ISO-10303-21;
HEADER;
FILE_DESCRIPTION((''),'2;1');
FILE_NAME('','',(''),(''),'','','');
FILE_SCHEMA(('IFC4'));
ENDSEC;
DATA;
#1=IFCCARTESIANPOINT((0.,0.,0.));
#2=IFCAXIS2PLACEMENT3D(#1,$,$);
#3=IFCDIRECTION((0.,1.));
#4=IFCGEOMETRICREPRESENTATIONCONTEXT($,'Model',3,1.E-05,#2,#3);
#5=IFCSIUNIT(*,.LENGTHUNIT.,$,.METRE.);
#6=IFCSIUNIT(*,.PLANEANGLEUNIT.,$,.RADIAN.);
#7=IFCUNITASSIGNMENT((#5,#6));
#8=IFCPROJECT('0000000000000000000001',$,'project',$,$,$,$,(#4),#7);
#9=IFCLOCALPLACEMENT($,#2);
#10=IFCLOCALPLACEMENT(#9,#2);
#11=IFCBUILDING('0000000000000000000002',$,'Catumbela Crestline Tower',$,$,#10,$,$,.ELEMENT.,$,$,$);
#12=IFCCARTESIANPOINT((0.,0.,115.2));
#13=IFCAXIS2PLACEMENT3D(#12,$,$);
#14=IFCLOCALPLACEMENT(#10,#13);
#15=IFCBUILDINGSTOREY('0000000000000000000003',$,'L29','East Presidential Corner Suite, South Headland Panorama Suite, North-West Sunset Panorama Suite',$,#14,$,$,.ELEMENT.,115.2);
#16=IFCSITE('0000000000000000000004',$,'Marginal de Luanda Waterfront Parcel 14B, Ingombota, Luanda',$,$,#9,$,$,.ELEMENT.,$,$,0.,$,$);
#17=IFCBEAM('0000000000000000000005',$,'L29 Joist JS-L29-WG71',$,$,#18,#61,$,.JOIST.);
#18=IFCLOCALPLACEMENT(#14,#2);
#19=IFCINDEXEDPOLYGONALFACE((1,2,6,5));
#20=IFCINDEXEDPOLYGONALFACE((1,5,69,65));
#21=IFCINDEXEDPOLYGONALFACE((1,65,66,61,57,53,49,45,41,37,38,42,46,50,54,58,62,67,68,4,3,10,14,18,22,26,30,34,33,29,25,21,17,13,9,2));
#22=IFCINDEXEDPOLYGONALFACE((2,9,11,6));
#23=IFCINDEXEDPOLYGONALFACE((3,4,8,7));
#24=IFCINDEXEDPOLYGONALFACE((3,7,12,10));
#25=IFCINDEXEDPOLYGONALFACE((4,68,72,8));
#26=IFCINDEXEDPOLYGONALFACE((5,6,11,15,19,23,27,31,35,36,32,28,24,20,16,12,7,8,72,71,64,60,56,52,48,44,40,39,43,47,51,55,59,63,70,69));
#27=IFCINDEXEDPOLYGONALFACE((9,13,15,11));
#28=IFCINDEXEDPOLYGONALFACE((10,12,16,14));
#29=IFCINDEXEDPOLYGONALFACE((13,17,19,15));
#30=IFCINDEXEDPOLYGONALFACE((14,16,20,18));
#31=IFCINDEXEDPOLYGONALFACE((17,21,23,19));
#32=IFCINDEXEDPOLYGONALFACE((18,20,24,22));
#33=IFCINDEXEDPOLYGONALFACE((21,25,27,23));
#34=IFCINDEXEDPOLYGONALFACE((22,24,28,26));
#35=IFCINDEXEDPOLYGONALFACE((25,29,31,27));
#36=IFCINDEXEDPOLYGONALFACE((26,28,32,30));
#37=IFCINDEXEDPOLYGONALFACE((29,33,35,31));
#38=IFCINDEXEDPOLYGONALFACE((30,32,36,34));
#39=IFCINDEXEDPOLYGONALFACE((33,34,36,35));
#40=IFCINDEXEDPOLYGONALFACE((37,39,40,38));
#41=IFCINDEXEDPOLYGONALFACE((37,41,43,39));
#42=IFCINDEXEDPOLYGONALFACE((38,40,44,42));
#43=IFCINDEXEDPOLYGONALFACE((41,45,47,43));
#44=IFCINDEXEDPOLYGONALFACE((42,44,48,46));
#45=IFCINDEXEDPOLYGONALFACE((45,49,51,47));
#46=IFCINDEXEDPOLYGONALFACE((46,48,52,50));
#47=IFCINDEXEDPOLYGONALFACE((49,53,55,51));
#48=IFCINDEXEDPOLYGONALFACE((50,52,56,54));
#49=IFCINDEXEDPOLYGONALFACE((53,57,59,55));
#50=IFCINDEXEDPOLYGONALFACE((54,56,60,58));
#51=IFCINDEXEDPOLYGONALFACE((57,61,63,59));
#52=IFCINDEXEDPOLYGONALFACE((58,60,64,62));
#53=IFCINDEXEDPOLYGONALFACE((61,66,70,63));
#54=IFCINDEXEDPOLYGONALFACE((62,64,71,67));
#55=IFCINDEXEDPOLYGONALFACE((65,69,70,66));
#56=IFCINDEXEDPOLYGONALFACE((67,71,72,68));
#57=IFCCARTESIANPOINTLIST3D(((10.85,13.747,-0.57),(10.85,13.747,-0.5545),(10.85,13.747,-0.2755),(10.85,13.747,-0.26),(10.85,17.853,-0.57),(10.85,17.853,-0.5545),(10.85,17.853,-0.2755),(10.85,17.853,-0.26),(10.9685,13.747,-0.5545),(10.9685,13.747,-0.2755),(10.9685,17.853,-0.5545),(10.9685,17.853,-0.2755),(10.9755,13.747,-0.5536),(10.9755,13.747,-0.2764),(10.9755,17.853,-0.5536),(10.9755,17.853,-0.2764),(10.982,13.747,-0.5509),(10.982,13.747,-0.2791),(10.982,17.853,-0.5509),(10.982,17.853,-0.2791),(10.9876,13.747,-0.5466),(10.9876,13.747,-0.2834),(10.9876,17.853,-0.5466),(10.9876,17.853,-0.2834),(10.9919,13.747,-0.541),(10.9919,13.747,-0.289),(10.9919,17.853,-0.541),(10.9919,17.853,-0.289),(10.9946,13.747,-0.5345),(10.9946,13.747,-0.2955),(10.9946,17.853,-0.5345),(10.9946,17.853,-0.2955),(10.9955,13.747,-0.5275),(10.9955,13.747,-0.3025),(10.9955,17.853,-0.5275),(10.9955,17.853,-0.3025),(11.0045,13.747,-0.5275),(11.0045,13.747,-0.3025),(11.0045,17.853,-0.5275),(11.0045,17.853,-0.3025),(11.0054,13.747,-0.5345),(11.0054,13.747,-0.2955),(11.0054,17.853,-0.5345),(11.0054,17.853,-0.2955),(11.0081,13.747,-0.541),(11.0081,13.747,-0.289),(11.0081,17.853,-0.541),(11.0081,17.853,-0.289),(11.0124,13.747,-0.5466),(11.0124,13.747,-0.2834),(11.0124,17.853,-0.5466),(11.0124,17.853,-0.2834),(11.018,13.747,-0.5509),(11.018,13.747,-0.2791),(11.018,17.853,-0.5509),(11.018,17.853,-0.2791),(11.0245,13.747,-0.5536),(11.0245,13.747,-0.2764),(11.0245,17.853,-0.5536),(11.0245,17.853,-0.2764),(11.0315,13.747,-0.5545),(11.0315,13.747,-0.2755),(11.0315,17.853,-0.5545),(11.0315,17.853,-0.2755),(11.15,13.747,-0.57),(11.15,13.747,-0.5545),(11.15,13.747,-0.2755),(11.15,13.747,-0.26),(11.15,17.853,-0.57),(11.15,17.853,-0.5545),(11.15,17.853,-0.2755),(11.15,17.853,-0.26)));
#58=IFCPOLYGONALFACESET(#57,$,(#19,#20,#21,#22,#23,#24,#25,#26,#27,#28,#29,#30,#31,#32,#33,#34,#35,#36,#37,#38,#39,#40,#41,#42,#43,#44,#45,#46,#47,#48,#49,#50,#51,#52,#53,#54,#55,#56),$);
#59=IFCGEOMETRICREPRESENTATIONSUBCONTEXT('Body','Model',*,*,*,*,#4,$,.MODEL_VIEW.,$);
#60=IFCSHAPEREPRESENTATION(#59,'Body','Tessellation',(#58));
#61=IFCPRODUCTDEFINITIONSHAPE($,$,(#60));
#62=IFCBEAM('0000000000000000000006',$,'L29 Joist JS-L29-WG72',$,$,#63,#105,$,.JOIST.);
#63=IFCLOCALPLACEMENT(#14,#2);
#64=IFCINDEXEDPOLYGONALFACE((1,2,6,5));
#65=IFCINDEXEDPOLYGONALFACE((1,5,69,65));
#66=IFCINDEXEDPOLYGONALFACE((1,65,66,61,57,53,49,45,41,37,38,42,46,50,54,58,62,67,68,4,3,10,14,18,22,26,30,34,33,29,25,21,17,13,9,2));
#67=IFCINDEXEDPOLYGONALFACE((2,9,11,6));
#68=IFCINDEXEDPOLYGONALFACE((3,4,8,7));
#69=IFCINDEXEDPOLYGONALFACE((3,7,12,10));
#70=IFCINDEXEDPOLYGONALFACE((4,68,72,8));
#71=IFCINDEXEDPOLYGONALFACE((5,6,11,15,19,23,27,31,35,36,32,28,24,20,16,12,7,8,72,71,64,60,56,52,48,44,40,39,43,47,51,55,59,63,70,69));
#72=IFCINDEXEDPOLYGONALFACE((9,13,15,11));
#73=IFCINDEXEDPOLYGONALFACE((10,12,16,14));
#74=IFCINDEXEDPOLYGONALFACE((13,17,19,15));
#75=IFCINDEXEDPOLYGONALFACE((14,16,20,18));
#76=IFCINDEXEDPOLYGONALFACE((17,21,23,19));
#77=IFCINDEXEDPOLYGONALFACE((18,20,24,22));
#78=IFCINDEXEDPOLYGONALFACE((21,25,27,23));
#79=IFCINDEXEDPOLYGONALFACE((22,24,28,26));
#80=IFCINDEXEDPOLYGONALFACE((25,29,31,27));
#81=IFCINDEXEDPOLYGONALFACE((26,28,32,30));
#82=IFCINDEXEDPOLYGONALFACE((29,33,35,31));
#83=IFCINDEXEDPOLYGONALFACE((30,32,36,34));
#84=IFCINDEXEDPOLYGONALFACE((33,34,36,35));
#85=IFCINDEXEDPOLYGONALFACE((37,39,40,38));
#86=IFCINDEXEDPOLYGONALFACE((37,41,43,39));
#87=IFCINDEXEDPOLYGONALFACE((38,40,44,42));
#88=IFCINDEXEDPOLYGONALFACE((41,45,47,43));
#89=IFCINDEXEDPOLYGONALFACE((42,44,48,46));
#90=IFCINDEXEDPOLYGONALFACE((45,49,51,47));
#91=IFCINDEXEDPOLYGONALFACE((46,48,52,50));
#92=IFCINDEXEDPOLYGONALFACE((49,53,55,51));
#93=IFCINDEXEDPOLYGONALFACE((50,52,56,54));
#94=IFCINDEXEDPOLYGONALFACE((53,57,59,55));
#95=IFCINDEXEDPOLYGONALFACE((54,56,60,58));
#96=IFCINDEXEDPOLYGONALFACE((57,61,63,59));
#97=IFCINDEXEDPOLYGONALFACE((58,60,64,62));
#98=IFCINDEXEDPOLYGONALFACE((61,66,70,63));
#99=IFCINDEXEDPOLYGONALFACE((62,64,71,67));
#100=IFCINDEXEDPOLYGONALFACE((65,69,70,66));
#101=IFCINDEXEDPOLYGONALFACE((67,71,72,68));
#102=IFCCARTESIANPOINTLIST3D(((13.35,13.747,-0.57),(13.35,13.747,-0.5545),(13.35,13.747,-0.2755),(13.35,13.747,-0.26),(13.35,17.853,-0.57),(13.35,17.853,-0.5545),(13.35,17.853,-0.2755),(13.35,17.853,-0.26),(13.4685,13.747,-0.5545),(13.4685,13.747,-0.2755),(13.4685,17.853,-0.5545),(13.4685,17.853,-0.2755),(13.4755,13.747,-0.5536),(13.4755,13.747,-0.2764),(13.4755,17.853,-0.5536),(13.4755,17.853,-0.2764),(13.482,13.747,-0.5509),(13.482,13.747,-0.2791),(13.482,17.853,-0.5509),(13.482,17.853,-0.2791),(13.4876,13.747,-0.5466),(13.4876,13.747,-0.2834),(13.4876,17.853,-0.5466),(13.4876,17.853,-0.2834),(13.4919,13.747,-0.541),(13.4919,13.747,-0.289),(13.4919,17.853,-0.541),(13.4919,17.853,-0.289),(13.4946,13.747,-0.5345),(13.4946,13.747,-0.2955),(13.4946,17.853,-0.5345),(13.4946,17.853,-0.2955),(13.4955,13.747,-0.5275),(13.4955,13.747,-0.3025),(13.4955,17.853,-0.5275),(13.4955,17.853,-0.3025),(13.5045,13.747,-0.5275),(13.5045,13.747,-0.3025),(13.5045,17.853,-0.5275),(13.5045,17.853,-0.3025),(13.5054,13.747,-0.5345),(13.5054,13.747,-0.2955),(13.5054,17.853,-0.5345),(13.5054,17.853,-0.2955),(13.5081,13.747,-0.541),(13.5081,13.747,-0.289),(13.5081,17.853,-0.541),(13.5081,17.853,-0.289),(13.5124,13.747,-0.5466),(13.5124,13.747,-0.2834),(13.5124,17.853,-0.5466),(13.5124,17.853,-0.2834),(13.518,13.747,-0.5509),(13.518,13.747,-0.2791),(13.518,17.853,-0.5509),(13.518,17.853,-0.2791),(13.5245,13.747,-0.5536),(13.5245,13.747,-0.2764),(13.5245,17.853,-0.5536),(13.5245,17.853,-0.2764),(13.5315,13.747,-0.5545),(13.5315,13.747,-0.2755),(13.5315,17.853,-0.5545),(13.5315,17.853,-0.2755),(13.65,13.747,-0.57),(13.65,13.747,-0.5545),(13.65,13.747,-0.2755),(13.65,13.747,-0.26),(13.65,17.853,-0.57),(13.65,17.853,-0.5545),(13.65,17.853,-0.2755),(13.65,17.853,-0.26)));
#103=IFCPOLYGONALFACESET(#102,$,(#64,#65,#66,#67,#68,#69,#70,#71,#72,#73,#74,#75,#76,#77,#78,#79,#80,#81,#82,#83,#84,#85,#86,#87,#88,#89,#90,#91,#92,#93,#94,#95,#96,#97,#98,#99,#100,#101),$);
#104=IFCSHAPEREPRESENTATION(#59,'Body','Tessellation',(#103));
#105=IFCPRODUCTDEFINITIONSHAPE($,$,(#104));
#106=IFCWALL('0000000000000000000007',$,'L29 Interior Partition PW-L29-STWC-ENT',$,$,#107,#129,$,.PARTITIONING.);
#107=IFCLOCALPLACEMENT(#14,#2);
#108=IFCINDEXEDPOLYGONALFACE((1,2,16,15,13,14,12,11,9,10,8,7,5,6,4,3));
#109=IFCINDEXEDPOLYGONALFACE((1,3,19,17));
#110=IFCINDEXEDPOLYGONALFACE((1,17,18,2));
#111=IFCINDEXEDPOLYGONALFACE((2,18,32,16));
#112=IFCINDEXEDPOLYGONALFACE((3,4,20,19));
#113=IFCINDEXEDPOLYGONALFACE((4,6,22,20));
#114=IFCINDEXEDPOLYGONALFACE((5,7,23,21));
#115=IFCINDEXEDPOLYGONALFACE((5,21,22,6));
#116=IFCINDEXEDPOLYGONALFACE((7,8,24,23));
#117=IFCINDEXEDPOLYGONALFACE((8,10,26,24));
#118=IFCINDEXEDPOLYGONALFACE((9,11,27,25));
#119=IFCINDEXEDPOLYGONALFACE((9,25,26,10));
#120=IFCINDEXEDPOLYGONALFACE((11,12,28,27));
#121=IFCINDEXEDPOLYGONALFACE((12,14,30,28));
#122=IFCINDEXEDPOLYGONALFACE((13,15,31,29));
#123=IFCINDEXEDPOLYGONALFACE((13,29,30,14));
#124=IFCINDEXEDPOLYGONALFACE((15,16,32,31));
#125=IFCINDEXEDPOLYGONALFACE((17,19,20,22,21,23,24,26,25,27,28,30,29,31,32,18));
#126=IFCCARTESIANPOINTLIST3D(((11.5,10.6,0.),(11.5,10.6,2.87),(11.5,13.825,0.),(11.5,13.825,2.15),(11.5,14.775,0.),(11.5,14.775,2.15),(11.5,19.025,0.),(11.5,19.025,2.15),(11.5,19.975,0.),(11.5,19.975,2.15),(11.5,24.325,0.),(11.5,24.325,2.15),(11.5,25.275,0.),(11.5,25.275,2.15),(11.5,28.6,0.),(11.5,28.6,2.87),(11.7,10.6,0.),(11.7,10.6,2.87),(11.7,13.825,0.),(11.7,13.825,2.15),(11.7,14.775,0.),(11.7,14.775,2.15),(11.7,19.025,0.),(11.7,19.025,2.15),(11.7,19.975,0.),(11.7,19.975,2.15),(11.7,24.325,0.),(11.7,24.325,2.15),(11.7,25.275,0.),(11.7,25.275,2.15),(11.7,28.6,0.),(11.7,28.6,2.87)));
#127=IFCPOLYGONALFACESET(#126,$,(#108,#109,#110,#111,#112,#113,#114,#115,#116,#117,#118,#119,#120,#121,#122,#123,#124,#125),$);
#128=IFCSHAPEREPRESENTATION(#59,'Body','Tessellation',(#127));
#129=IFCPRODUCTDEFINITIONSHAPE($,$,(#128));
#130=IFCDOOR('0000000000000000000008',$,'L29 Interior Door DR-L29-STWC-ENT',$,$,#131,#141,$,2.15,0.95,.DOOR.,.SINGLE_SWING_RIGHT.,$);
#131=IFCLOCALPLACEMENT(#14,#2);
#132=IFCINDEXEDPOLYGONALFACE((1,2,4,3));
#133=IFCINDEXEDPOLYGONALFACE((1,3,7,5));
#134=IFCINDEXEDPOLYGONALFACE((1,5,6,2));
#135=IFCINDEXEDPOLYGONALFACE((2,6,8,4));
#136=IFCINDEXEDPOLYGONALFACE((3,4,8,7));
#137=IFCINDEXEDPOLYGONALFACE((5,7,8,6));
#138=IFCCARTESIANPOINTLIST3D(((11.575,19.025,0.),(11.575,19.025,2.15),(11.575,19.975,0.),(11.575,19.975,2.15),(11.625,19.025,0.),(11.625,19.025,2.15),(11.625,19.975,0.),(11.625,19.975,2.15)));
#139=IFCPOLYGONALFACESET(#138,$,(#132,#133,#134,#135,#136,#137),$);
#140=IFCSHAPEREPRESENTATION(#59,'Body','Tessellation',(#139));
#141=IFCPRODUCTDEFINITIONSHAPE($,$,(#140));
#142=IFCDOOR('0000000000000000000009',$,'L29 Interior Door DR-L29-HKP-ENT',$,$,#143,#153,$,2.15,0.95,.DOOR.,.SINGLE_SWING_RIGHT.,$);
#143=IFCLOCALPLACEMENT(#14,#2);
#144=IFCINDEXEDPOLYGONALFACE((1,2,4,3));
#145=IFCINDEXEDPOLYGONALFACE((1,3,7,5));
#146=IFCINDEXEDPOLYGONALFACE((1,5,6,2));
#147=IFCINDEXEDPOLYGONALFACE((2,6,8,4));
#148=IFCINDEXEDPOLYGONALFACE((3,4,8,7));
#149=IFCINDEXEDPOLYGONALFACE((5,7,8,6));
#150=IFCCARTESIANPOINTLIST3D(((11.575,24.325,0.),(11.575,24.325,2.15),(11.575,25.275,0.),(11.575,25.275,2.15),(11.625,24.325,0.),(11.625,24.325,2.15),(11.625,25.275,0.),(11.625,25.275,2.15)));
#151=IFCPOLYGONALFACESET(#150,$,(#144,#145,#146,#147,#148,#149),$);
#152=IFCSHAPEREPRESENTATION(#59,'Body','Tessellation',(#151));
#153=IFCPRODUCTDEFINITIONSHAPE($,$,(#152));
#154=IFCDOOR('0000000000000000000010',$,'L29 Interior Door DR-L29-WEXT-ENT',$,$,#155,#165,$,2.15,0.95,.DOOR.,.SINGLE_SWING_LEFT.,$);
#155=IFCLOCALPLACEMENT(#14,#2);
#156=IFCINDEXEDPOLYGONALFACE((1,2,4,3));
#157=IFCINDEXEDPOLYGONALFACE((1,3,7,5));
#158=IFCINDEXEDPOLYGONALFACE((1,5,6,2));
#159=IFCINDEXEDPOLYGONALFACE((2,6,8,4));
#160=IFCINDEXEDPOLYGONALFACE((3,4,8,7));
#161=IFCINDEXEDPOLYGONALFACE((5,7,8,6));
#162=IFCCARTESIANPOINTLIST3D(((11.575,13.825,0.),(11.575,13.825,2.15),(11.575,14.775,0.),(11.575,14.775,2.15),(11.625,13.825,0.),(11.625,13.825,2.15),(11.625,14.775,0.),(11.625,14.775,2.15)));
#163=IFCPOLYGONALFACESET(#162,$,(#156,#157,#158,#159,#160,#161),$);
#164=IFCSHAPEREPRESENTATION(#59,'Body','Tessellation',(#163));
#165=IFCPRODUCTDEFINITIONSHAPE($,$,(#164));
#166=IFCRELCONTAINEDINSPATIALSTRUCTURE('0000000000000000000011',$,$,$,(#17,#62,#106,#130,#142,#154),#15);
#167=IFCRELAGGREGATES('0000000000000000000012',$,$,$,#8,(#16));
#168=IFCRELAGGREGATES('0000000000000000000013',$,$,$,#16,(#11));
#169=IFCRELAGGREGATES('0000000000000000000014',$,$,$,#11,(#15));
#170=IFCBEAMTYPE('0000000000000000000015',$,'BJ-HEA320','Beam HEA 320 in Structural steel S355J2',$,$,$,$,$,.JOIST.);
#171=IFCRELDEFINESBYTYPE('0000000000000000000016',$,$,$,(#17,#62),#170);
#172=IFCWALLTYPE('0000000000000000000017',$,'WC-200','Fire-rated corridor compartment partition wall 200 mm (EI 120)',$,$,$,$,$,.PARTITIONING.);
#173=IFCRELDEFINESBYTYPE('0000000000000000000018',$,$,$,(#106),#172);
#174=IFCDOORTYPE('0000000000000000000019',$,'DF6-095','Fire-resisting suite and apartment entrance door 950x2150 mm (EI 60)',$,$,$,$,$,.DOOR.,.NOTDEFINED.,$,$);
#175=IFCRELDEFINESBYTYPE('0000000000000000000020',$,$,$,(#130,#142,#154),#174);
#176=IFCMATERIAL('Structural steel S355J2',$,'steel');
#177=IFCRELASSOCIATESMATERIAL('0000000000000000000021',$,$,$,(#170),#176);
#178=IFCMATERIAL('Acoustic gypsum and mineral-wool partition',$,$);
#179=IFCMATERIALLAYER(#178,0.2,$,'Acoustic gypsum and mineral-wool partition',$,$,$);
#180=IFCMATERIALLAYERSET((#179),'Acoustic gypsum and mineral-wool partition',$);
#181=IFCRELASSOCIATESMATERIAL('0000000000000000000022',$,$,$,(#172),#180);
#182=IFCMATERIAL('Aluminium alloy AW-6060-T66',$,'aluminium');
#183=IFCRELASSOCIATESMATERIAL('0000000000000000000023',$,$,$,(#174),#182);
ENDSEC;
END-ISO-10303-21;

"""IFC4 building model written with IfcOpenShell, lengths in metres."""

from ifc_helpers import new_model, si_unit, direction, frame, frame_2d, origin, origin_2d, place, context, subcontext, project, spatial, rectangle, i_section, extrude, material, layer, layer_set, material_profile, profile_set, type_object, element, fill, save


model = new_model("IFC4")

# Units and contexts
model_context = context("Model", 3, precision=1e-05, world=origin(), true_north=direction((0.0, 1.0)))
body_context = subcontext(model_context, "Body", "Model", "MODEL_VIEW")
ifc_project = project(units=[si_unit("LENGTHUNIT", "METRE"), si_unit("PLANEANGLEUNIT", "RADIAN")], contexts=[model_context])

# Site, building, storey
site_placement = place(None, origin())
site = spatial("IfcSite", under=ifc_project, at=site_placement, Name="Marginal de Luanda Waterfront Parcel 14B, Ingombota, Luanda", CompositionType="ELEMENT", RefElevation=0.0)
building_placement = place(site_placement, origin())
building = spatial("IfcBuilding", under=site, at=building_placement, Name="Catumbela Crestline Tower", CompositionType="ELEMENT")
storey_placement = place(building_placement, frame((0.0, 0.0, 115.2)))
storey = spatial("IfcBuildingStorey", under=building, at=storey_placement, Name="L29", Description="East Presidential Corner Suite, South Headland Panorama Suite, North-West Sunset Panorama Suite", CompositionType="ELEMENT", Elevation=115.2)

# Beams
ifc_material_1 = material(Name="Structural steel S355J2", Category="steel")
ifc_material_profile_1 = material_profile(ifc_material_1, i_section(OverallWidth=0.3, OverallDepth=0.31, WebThickness=0.009, FlangeThickness=0.0155, FilletRadius=0.027, at=origin_2d()), Name="HEA 320")
ifc_profile_set_1 = profile_set([ifc_material_profile_1], Name="Structural steel S355J2")
beam_type_1 = type_object("IfcBeamType", Name="BJ-HEA320", Description="Beam HEA 320 in Structural steel S355J2", PredefinedType="JOIST", material=ifc_profile_set_1)
for number, where, z_axis, x_axis, name in (
    (1, (11.0, 13.747, -0.415), (0.0, 1.0, 0.0), (-1.0, 0.0, 0.0), "L29 Joist JS-L29-WG71"),
    (2, (13.5, 13.747, -0.415), (0.0, 1.0, 0.0), (-1.0, 0.0, 0.0), "L29 Joist JS-L29-WG72"),
):
    element("IfcBeam", number, at=place(storey_placement, frame(where, z_axis=z_axis, x_axis=x_axis)), inside=storey, type_object=beam_type_1, Name=name, PredefinedType="JOIST", context=body_context, shape_type="SweptSolid", body=[
        extrude(i_section(OverallWidth=0.3, OverallDepth=0.31, WebThickness=0.009, FlangeThickness=0.0155, FilletRadius=0.027, at=origin_2d()), origin(), (0.0, 0.0, 1.0), 4.106),
    ])

# Wall, openings, doors
ifc_material_2 = material(Name="Acoustic gypsum and mineral-wool partition")
ifc_layer_1 = layer(ifc_material_2, 0.2, Name="Acoustic gypsum and mineral-wool partition")
ifc_layer_set_1 = layer_set([ifc_layer_1], Name="Acoustic gypsum and mineral-wool partition")
wall_type_1 = type_object("IfcWallType", Name="WC-200", Description="Fire-rated corridor compartment partition wall 200 mm (EI 120)", PredefinedType="PARTITIONING", material=ifc_layer_set_1)
wall_1_placement = place(storey_placement, frame((11.6, 10.6, 0.0), z_axis=(0.0, 0.0, 1.0), x_axis=(0.0, 1.0, 0.0)))
wall_1 = element("IfcWall", 3, at=wall_1_placement, inside=storey, type_object=wall_type_1, Name="L29 Interior Partition PW-L29-STWC-ENT", PredefinedType="PARTITIONING", context=body_context, shape_type="SweptSolid", body=[
    extrude(rectangle(XDim=18.0, YDim=0.2, at=frame_2d((9.0, 0.0))), origin(), (0.0, 0.0, 1.0), 2.87),
])
opening_1_placement = place(wall_1_placement, frame((8.425, 0.0, 0.0)))
opening_1 = element("IfcOpeningElement", 4, at=opening_1_placement, cuts=wall_1, PredefinedType="OPENING", context=body_context, shape_type="SweptSolid", body=[
    extrude(rectangle(XDim=0.95, YDim=2.15, at=frame_2d((0.475, 1.075))), frame((0.0, 0.11, 0.0), z_axis=(0.0, -1.0, 0.0), x_axis=(1.0, 0.0, 0.0)), (0.0, 0.0, 1.0), 0.22),
])
opening_2_placement = place(wall_1_placement, frame((13.725, 0.0, 0.0)))
opening_2 = element("IfcOpeningElement", 5, at=opening_2_placement, cuts=wall_1, PredefinedType="OPENING", context=body_context, shape_type="SweptSolid", body=[
    extrude(rectangle(XDim=0.95, YDim=2.15, at=frame_2d((0.475, 1.075))), frame((0.0, 0.11, 0.0), z_axis=(0.0, -1.0, 0.0), x_axis=(1.0, 0.0, 0.0)), (0.0, 0.0, 1.0), 0.22),
])
opening_3_placement = place(wall_1_placement, frame((3.225, 0.0, 0.0)))
opening_3 = element("IfcOpeningElement", 6, at=opening_3_placement, cuts=wall_1, PredefinedType="OPENING", context=body_context, shape_type="SweptSolid", body=[
    extrude(rectangle(XDim=0.95, YDim=2.15, at=frame_2d((0.475, 1.075))), frame((0.0, 0.11, 0.0), z_axis=(0.0, -1.0, 0.0), x_axis=(1.0, 0.0, 0.0)), (0.0, 0.0, 1.0), 0.22),
])
ifc_material_3 = material(Name="Aluminium alloy AW-6060-T66", Category="aluminium")
door_type_1 = type_object("IfcDoorType", Name="DF6-095", Description="Fire-resisting suite and apartment entrance door 950x2150 mm (EI 60)", OperationType="NOTDEFINED", PredefinedType="DOOR", material=ifc_material_3)
door_1_placement = place(opening_1_placement, origin())
door_1 = element("IfcDoor", 7, at=door_1_placement, inside=storey, type_object=door_type_1, Name="L29 Interior Door DR-L29-STWC-ENT", OperationType="SINGLE_SWING_RIGHT", OverallHeight=2.15, OverallWidth=0.95, PredefinedType="DOOR", context=body_context, shape_type="SweptSolid", body=[
    extrude(rectangle(XDim=0.95, YDim=2.15, at=frame_2d((0.475, 1.075))), frame((0.0, 0.025, 0.0), z_axis=(0.0, -1.0, 0.0), x_axis=(1.0, 0.0, 0.0)), (0.0, 0.0, 1.0), 0.05),
])
fill(opening_1, door_1)
door_2_placement = place(opening_2_placement, origin())
door_2 = element("IfcDoor", 8, at=door_2_placement, inside=storey, type_object=door_type_1, Name="L29 Interior Door DR-L29-HKP-ENT", OperationType="SINGLE_SWING_RIGHT", OverallHeight=2.15, OverallWidth=0.95, PredefinedType="DOOR", context=body_context, shape_type="SweptSolid", body=[
    extrude(rectangle(XDim=0.95, YDim=2.15, at=frame_2d((0.475, 1.075))), frame((0.0, 0.025, 0.0), z_axis=(0.0, -1.0, 0.0), x_axis=(1.0, 0.0, 0.0)), (0.0, 0.0, 1.0), 0.05),
])
fill(opening_2, door_2)
door_3_placement = place(opening_3_placement, origin())
door_3 = element("IfcDoor", 9, at=door_3_placement, inside=storey, type_object=door_type_1, Name="L29 Interior Door DR-L29-WEXT-ENT", OperationType="SINGLE_SWING_LEFT", OverallHeight=2.15, OverallWidth=0.95, PredefinedType="DOOR", context=body_context, shape_type="SweptSolid", body=[
    extrude(rectangle(XDim=0.95, YDim=2.15, at=frame_2d((0.475, 1.075))), frame((0.0, 0.025, 0.0), z_axis=(0.0, -1.0, 0.0), x_axis=(1.0, 0.0, 0.0)), (0.0, 0.0, 1.0), 0.05),
])
fill(opening_3, door_3)

save(model, "model.ifc")
